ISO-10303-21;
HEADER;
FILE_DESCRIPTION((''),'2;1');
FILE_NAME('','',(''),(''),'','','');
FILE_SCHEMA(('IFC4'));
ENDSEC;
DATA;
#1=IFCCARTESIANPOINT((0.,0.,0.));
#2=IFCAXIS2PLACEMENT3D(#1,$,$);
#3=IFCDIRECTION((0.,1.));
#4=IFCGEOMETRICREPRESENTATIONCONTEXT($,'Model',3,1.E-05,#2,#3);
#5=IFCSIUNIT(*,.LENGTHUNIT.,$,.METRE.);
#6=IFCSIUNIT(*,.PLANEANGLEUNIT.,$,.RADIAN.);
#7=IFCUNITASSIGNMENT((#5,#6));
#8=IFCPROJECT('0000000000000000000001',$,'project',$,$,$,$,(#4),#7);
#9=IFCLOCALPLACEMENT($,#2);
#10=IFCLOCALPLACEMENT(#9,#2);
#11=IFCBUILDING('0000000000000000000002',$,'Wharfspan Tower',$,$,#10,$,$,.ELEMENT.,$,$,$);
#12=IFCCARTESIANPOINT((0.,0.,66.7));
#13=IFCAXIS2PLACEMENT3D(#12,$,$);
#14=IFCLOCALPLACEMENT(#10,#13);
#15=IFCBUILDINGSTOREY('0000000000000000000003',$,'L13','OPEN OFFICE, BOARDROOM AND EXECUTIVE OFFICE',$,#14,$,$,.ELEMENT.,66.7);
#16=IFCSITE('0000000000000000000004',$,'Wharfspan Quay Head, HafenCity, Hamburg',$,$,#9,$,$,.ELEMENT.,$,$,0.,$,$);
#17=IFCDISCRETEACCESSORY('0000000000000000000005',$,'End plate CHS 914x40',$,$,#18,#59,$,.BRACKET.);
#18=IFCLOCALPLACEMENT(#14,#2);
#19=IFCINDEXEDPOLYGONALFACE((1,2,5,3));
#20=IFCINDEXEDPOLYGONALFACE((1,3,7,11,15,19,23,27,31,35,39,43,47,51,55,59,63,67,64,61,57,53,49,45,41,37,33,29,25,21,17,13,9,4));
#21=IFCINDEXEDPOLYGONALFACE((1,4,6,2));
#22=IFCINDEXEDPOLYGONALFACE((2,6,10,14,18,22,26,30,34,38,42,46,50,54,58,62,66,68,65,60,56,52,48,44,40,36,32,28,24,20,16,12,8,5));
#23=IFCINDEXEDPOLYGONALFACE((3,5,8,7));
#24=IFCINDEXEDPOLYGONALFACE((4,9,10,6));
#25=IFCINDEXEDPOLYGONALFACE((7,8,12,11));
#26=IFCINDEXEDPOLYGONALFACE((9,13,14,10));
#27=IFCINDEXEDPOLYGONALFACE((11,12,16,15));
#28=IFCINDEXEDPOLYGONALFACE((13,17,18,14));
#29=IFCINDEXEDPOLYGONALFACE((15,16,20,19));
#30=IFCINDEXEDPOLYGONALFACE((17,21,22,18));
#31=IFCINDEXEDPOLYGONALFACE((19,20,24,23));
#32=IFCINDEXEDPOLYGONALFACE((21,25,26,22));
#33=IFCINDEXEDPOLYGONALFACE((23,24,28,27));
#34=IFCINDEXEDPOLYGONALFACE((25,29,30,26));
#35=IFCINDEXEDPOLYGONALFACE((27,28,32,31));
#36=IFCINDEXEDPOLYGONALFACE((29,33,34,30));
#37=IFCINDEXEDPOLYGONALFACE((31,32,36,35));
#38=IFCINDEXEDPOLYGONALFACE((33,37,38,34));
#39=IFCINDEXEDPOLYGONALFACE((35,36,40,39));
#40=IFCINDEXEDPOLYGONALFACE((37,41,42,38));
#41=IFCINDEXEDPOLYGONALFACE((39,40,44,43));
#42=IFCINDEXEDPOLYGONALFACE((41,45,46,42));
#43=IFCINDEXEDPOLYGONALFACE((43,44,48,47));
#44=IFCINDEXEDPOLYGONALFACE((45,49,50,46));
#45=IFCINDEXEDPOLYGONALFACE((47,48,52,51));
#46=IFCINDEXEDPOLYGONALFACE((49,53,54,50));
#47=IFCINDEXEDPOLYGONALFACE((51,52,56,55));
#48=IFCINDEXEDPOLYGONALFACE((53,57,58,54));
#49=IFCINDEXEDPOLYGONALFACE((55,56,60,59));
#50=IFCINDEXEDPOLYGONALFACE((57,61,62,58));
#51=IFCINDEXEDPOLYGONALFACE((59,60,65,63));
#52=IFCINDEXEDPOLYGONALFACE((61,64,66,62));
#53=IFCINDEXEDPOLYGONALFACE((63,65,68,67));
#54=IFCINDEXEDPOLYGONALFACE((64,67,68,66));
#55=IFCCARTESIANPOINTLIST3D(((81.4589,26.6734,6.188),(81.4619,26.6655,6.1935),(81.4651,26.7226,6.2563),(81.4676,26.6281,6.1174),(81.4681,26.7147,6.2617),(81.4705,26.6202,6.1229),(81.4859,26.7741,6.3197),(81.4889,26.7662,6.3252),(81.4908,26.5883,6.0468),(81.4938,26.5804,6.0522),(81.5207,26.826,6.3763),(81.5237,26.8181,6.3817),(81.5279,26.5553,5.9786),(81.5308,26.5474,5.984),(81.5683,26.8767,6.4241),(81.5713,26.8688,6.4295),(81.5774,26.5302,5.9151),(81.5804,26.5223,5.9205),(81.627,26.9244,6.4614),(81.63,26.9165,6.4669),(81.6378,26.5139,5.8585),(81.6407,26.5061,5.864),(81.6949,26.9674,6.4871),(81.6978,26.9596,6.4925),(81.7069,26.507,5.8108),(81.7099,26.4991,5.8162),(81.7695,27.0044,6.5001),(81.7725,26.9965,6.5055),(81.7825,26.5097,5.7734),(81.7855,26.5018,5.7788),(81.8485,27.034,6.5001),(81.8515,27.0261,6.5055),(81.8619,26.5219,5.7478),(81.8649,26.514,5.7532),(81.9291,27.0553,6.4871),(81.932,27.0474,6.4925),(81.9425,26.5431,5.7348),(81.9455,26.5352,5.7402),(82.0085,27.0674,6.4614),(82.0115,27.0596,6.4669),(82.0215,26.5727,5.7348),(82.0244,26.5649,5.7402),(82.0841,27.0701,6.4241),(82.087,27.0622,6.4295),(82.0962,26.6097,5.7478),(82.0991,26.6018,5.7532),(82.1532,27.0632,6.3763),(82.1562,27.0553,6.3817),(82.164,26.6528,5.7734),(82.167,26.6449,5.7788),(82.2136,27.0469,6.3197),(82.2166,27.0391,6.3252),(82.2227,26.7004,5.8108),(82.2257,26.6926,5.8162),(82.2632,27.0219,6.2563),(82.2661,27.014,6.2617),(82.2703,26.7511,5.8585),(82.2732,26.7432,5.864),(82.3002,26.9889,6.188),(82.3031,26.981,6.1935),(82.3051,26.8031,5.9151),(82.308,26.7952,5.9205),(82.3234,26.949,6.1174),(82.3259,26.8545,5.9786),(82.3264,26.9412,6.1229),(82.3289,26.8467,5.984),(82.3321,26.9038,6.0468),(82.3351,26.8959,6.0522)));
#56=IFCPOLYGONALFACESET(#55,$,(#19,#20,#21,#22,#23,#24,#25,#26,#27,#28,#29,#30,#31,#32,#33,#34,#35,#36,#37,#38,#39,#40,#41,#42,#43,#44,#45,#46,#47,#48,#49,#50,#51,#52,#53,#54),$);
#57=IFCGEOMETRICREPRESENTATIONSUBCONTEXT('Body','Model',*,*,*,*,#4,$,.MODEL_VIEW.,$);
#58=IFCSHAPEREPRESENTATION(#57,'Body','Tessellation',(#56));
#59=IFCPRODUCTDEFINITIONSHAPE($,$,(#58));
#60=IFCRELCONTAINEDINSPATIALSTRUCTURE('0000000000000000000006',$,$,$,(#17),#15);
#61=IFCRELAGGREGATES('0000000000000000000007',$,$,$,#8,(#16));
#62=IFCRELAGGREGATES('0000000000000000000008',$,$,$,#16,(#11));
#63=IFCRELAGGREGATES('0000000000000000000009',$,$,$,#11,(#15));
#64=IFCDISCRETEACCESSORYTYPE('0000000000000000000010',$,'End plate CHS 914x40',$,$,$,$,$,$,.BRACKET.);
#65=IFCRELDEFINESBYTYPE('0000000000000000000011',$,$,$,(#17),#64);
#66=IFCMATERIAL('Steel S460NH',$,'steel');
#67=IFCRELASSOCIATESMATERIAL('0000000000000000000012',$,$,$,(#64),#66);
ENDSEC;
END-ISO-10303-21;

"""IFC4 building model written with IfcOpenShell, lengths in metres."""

from ifc_helpers import new_model, si_unit, direction, frame, origin, origin_2d, place, context, subcontext, project, spatial, circle, extrude, material, material_profile, profile_set, type_object, element, save


model = new_model("IFC4")

# Units and contexts
model_context = context("Model", 3, precision=1e-05, world=origin(), true_north=direction((0.0, 1.0)))
body_context = subcontext(model_context, "Body", "Model", "MODEL_VIEW")
ifc_project = project(units=[si_unit("LENGTHUNIT", "METRE"), si_unit("PLANEANGLEUNIT", "RADIAN")], contexts=[model_context])

# Site, building, storey
site_placement = place(None, origin())
site = spatial("IfcSite", under=ifc_project, at=site_placement, Name="Wharfspan Quay Head, HafenCity, Hamburg", CompositionType="ELEMENT", RefElevation=0.0)
building_placement = place(site_placement, origin())
building = spatial("IfcBuilding", under=site, at=building_placement, Name="Wharfspan Tower", CompositionType="ELEMENT")
storey_placement = place(building_placement, frame((0.0, 0.0, 66.7)))
storey = spatial("IfcBuildingStorey", under=building, at=storey_placement, Name="L13", Description="OPEN OFFICE, BOARDROOM AND EXECUTIVE OFFICE", CompositionType="ELEMENT", Elevation=66.7)

# Shared definitions
ifc_material_1 = material(Name="Steel S460NH", Category="steel")

# Discrete accessory
ifc_material_profile_1 = material_profile(ifc_material_1, circle(Radius=0.457, at=origin_2d()))
ifc_profile_set_1 = profile_set([ifc_material_profile_1], Name="Steel S460NH")
discrete_accessory_type = type_object("IfcDiscreteAccessoryType", Name="End plate CHS 914x40", PredefinedType="BRACKET", material=ifc_profile_set_1)
discrete_accessory_placement = place(storey_placement, frame((81.8955, 26.7886, 6.1174), z_axis=(0.295241, -0.787309, 0.541275), x_axis=(0.936333, 0.351125, 0.0)))
element("IfcDiscreteAccessory", 1, at=discrete_accessory_placement, inside=storey, type_object=discrete_accessory_type, Name="End plate CHS 914x40", PredefinedType="BRACKET", context=body_context, shape_type="SweptSolid", body=[
    extrude(circle(Radius=0.457, at=origin_2d()), origin(), (0.0, 0.0, 1.0), 0.01),
])

save(model, "model.ifc")
